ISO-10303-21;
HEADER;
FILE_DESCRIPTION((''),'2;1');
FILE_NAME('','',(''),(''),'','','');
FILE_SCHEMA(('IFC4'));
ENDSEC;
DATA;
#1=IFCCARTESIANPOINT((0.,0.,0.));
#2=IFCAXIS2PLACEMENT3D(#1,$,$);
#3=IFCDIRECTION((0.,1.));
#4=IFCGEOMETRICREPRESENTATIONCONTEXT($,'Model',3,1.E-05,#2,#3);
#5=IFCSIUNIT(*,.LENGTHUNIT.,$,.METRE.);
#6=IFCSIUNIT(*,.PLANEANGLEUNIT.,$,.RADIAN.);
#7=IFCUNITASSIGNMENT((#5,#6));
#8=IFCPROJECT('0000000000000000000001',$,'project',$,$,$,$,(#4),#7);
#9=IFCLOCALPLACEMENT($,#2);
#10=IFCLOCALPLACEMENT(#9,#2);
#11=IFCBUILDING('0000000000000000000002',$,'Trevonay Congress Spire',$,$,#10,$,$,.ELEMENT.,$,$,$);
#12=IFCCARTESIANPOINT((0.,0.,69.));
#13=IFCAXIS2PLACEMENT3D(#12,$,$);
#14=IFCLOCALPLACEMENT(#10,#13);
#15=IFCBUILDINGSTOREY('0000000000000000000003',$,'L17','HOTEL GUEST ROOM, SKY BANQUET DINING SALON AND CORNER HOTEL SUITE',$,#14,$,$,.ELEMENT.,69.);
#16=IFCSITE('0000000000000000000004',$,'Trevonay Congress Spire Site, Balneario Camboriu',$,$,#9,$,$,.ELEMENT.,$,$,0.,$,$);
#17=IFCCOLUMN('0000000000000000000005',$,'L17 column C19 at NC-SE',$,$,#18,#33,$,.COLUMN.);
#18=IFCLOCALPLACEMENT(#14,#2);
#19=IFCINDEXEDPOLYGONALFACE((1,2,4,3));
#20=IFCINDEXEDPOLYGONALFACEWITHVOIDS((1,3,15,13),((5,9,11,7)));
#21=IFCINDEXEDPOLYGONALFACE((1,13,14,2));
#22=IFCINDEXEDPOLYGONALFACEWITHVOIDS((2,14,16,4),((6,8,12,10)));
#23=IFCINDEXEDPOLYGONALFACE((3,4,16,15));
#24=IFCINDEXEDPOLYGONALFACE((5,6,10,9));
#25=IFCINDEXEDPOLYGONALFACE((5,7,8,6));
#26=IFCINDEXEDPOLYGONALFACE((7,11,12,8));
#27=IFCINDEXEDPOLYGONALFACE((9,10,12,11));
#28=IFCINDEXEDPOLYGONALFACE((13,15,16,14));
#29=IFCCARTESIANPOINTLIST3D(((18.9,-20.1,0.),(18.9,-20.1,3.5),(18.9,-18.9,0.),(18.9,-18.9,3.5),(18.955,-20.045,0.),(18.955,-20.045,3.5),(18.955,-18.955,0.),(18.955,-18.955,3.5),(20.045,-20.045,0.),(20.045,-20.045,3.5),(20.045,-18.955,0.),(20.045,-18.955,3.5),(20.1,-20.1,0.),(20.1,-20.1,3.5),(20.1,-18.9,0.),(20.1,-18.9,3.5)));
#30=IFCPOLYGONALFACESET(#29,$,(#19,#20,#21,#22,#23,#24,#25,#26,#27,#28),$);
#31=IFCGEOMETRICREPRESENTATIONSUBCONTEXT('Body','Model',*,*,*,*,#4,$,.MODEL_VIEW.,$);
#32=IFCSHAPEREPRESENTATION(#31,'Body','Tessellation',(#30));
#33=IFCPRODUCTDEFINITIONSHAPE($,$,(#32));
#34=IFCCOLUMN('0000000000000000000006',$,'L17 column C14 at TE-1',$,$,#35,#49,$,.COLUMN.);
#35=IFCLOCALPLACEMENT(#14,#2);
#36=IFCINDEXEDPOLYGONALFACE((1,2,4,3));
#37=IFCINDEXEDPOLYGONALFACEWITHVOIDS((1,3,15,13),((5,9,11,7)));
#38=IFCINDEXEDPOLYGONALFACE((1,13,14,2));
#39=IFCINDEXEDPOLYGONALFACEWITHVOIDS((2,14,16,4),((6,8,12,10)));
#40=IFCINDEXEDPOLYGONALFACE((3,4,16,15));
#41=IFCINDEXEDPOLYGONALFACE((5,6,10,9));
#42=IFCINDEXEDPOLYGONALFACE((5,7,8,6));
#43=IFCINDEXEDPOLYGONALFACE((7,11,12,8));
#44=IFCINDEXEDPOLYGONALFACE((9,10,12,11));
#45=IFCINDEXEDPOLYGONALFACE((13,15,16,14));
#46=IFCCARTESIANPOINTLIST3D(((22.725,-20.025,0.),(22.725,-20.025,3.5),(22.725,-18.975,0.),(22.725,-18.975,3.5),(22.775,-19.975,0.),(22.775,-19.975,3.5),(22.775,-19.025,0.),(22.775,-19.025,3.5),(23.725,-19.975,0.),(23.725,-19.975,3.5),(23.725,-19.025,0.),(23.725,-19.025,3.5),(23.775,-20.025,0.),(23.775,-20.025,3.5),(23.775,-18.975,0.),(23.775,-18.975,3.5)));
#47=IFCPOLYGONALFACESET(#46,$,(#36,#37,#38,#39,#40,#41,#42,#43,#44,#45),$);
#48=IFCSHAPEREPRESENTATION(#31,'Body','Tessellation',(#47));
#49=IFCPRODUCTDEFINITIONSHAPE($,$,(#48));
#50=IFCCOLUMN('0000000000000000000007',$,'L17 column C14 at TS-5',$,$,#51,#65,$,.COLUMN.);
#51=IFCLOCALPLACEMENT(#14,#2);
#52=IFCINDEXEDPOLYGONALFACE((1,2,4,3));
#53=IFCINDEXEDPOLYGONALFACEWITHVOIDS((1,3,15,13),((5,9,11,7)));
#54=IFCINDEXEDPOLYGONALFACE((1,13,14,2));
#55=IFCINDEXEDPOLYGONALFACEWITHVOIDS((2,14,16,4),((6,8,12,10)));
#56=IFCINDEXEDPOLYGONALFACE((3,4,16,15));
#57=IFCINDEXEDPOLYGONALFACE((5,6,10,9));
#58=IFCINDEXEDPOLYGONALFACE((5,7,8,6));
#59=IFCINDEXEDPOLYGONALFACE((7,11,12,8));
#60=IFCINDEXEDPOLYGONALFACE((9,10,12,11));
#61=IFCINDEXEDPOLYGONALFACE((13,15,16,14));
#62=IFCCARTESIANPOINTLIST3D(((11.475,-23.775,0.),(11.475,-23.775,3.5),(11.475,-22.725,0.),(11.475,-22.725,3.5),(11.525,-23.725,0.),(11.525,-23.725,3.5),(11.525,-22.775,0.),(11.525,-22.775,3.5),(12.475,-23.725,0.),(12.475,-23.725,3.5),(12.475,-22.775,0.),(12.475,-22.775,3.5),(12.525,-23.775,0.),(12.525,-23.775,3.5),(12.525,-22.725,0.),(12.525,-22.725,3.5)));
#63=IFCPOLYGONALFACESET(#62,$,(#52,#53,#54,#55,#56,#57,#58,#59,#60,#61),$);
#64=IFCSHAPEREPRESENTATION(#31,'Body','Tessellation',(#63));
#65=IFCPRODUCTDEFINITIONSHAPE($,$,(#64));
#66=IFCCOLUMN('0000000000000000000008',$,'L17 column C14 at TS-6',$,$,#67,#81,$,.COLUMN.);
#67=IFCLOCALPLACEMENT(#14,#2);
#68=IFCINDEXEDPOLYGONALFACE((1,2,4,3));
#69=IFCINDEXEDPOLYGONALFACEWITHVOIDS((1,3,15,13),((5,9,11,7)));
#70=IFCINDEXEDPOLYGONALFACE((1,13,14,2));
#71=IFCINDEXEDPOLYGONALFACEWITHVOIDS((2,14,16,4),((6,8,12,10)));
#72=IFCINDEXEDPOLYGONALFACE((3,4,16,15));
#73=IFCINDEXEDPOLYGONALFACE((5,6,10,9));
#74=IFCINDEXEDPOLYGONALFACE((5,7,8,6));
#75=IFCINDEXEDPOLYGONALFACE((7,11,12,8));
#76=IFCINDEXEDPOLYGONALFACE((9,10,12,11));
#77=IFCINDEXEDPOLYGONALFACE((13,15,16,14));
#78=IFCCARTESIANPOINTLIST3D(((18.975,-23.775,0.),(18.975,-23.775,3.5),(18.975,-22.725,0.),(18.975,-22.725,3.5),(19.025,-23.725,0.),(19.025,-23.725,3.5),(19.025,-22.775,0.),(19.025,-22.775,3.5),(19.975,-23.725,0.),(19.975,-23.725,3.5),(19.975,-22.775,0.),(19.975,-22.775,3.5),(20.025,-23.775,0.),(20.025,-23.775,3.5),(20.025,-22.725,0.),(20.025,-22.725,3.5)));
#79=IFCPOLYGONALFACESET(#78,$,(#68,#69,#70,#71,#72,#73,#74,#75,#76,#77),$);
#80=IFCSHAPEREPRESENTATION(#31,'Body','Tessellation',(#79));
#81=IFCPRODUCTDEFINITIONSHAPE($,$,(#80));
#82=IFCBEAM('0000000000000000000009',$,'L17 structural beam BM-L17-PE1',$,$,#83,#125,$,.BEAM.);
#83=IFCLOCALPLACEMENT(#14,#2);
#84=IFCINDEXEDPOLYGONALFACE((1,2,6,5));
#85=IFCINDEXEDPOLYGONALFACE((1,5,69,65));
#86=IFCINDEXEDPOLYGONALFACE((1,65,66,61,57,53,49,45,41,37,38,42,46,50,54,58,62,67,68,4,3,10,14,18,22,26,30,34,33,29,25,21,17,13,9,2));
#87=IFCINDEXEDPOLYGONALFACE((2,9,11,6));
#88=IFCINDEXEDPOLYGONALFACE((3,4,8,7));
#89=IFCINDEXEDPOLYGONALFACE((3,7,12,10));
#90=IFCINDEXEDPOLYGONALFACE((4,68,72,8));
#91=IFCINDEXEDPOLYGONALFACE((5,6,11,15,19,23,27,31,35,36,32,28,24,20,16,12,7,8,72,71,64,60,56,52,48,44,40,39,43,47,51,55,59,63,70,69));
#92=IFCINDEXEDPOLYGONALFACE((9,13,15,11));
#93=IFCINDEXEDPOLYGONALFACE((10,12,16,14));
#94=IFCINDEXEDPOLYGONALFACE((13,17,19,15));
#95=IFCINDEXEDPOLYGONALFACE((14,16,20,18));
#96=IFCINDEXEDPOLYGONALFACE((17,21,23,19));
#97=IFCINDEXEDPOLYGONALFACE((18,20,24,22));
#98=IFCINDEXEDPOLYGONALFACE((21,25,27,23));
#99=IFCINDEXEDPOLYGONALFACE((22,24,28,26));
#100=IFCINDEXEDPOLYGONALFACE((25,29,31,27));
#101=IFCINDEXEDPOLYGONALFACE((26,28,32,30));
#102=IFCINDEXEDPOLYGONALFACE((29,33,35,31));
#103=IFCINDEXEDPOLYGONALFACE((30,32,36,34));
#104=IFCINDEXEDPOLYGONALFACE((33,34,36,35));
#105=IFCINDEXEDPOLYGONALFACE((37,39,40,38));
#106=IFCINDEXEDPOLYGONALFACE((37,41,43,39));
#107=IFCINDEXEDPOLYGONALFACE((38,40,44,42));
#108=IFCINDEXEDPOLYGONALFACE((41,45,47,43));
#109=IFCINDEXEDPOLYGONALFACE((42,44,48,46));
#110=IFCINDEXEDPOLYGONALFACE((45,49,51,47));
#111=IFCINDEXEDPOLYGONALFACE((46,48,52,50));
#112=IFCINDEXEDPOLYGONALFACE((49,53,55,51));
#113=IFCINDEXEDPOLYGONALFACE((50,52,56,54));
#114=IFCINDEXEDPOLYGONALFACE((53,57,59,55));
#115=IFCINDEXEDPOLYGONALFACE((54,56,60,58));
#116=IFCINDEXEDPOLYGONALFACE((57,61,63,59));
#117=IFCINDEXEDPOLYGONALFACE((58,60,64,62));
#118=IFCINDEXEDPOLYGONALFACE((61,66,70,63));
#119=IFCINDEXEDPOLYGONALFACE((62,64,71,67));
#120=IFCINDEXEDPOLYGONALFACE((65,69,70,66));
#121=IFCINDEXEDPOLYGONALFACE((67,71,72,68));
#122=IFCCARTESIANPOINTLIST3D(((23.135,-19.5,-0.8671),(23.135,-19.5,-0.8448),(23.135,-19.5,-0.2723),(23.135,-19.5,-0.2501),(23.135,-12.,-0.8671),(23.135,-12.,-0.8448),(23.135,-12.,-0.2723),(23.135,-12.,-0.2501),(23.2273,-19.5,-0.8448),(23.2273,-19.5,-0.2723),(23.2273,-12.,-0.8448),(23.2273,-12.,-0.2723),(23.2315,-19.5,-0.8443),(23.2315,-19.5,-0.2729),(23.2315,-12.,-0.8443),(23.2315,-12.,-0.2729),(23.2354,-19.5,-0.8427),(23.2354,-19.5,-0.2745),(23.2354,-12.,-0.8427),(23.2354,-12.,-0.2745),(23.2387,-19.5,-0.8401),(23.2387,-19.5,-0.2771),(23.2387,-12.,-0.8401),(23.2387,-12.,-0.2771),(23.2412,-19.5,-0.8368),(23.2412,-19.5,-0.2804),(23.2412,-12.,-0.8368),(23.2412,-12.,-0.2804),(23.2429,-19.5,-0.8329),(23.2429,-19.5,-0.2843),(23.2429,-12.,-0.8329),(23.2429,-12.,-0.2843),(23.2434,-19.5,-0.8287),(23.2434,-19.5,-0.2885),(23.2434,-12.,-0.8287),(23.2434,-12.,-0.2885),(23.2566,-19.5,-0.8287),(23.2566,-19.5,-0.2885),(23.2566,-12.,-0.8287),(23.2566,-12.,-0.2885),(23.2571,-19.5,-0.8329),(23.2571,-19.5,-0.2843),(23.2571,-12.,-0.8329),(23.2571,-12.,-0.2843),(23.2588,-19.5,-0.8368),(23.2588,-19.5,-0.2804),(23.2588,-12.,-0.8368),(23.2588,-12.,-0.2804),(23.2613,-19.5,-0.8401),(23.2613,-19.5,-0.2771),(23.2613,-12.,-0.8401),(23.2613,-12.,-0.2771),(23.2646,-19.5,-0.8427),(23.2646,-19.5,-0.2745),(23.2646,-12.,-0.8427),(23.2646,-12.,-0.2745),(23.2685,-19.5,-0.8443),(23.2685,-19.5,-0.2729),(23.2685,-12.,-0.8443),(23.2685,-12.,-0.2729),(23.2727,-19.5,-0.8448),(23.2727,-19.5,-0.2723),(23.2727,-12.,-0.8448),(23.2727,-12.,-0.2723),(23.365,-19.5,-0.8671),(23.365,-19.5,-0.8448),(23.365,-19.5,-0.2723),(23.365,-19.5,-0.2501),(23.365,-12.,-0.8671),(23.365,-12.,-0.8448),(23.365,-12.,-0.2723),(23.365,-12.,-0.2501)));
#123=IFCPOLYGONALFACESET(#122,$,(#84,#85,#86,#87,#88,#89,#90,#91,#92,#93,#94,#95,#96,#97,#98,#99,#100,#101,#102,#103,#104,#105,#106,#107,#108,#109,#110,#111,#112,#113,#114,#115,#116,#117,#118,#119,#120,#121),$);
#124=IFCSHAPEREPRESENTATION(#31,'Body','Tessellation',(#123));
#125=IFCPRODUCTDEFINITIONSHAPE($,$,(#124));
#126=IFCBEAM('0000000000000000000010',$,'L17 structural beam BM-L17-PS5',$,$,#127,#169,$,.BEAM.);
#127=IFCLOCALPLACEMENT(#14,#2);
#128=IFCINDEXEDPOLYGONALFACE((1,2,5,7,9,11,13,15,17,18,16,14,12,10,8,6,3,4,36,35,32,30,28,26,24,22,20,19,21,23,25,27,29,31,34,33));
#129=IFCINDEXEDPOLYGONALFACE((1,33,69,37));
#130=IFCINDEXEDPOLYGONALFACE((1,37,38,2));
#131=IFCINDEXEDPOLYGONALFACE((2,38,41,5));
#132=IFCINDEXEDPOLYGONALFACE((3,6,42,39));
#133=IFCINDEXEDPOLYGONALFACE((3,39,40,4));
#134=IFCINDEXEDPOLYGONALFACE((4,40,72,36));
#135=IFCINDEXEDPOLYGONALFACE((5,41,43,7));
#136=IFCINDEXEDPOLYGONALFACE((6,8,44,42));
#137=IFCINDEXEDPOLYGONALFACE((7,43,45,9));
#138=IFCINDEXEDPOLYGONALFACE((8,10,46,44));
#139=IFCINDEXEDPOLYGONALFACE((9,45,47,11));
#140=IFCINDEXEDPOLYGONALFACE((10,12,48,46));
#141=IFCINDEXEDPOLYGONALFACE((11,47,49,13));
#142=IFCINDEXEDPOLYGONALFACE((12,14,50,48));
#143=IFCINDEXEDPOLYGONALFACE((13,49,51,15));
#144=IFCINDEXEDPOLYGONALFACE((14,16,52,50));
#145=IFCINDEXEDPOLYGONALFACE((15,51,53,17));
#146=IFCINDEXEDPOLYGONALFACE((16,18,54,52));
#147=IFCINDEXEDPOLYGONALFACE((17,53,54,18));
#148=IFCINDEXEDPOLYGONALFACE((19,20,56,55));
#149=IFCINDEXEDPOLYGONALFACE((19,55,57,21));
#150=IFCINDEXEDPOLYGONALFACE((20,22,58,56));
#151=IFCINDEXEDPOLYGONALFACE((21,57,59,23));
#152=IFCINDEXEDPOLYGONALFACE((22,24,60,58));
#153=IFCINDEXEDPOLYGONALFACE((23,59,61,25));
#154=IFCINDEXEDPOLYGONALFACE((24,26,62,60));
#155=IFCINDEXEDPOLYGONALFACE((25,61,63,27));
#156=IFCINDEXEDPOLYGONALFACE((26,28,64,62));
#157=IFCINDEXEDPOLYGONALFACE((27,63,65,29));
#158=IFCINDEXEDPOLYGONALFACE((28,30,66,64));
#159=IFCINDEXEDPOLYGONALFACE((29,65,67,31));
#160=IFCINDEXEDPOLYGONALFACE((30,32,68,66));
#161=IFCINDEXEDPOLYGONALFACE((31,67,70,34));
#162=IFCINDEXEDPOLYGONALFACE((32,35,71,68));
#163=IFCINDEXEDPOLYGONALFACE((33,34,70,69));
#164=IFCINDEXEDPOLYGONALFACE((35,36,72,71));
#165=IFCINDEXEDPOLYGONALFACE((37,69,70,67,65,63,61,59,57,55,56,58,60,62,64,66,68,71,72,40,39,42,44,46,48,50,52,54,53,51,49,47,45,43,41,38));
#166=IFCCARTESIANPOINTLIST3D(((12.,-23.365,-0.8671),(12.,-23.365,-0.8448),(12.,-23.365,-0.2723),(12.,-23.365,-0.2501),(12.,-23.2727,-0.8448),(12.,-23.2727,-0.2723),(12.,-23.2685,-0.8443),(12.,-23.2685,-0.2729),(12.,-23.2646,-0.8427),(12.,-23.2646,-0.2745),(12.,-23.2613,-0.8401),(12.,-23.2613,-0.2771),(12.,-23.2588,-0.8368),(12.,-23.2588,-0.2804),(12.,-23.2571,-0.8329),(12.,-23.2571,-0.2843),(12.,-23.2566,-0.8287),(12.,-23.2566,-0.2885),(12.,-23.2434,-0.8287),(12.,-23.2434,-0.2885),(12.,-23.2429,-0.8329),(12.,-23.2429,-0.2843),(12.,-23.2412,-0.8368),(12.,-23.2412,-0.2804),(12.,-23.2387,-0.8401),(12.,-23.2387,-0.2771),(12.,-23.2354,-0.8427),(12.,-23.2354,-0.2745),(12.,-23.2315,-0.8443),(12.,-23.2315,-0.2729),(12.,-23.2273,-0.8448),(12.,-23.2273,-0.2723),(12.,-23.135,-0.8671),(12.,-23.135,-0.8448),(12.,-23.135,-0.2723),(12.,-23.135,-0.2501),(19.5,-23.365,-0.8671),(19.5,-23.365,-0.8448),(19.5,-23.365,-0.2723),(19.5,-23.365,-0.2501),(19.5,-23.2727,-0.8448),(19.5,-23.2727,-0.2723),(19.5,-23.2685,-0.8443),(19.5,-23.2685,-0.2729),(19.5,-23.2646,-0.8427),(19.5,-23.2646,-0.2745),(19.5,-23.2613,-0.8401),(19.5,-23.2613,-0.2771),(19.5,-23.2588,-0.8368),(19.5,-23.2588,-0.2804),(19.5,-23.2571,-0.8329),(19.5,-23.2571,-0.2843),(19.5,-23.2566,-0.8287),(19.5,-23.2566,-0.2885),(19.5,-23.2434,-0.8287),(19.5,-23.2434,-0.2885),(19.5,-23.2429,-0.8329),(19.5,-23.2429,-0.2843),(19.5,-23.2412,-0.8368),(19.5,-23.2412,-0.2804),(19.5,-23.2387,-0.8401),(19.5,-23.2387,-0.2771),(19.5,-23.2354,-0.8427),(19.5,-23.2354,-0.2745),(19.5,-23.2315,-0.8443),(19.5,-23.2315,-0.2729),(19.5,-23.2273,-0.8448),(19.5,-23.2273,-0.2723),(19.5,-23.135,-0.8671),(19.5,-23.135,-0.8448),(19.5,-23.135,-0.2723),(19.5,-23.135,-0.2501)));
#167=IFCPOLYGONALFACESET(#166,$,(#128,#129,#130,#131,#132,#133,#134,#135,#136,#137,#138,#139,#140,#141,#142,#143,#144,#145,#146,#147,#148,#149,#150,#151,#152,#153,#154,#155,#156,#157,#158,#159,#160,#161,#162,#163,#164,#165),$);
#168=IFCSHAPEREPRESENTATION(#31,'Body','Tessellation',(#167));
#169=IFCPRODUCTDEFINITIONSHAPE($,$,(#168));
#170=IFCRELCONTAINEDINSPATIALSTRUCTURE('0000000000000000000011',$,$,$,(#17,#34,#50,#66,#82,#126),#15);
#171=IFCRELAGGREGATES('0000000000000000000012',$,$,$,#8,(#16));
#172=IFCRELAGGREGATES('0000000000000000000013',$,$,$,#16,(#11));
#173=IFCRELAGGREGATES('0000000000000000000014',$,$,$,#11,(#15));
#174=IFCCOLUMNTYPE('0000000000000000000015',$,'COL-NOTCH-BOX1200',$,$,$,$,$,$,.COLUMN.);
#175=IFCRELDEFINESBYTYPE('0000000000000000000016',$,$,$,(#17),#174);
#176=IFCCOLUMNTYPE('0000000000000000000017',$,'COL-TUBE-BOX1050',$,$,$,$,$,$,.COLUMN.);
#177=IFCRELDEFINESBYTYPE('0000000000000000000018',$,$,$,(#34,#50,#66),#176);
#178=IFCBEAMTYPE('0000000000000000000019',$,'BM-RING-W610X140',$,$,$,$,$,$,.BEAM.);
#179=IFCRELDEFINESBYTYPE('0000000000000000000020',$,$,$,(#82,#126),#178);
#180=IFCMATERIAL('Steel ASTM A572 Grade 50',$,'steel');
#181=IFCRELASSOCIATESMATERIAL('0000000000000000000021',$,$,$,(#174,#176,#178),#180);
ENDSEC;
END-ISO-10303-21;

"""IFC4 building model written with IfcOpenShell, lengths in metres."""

from ifc_helpers import new_model, si_unit, direction, frame, origin, origin_2d, place, context, subcontext, project, spatial, hollow_rectangle, i_section, extrude, material, material_profile, profile_set, type_object, element, save


model = new_model("IFC4")

# Units and contexts
model_context = context("Model", 3, precision=1e-05, world=origin(), true_north=direction((0.0, 1.0)))
body_context = subcontext(model_context, "Body", "Model", "MODEL_VIEW")
ifc_project = project(units=[si_unit("LENGTHUNIT", "METRE"), si_unit("PLANEANGLEUNIT", "RADIAN")], contexts=[model_context])

# Site, building, storey
site_placement = place(None, origin())
site = spatial("IfcSite", under=ifc_project, at=site_placement, Name="Trevonay Congress Spire Site, Balneario Camboriu", CompositionType="ELEMENT", RefElevation=0.0)
building_placement = place(site_placement, origin())
building = spatial("IfcBuilding", under=site, at=building_placement, Name="Trevonay Congress Spire", CompositionType="ELEMENT")
storey_placement = place(building_placement, frame((0.0, 0.0, 69.0)))
storey = spatial("IfcBuildingStorey", under=building, at=storey_placement, Name="L17", Description="HOTEL GUEST ROOM, SKY BANQUET DINING SALON AND CORNER HOTEL SUITE", CompositionType="ELEMENT", Elevation=69.0)

# Columns
ifc_material_1 = material(Name="Steel ASTM A572 Grade 50", Category="steel")
ifc_material_profile_1 = material_profile(ifc_material_1, hollow_rectangle(XDim=1.2, YDim=1.2, WallThickness=0.0549, at=origin_2d()), Name="BOX 1200x1200x55")
ifc_profile_set_1 = profile_set([ifc_material_profile_1], Name="Steel ASTM A572 Grade 50")
column_type_1 = type_object("IfcColumnType", Name="COL-NOTCH-BOX1200", PredefinedType="COLUMN", material=ifc_profile_set_1)
column_placement = place(storey_placement, frame((19.5, -19.5, 0.0), z_axis=(0.0, 0.0, 1.0), x_axis=(1.0, 0.0, 0.0)))
element("IfcColumn", 1, at=column_placement, inside=storey, type_object=column_type_1, Name="L17 column C19 at NC-SE", PredefinedType="COLUMN", context=body_context, shape_type="SweptSolid", body=[
    extrude(hollow_rectangle(XDim=1.2, YDim=1.2, WallThickness=0.0549, at=origin_2d()), origin(), (0.0, 0.0, 1.0), 3.5),
])
ifc_material_profile_2 = material_profile(ifc_material_1, hollow_rectangle(XDim=1.05, YDim=1.05, WallThickness=0.05, at=origin_2d()), Name="BOX 1050x1050x50")
ifc_profile_set_2 = profile_set([ifc_material_profile_2], Name="Steel ASTM A572 Grade 50")
column_type_2 = type_object("IfcColumnType", Name="COL-TUBE-BOX1050", PredefinedType="COLUMN", material=ifc_profile_set_2)
for number, where, z_axis, x_axis, name in (
    (2, (23.25, -19.5, 0.0), (0.0, 0.0, 1.0), (1.0, 0.0, 0.0), "L17 column C14 at TE-1"),
    (3, (12.0, -23.25, 0.0), (0.0, 0.0, 1.0), (1.0, 0.0, 0.0), "L17 column C14 at TS-5"),
    (4, (19.5, -23.25, 0.0), (0.0, 0.0, 1.0), (1.0, 0.0, 0.0), "L17 column C14 at TS-6"),
):
    element("IfcColumn", number, at=place(storey_placement, frame(where, z_axis=z_axis, x_axis=x_axis)), inside=storey, type_object=column_type_2, Name=name, PredefinedType="COLUMN", context=body_context, shape_type="SweptSolid", body=[
        extrude(hollow_rectangle(XDim=1.05, YDim=1.05, WallThickness=0.05, at=origin_2d()), origin(), (0.0, 0.0, 1.0), 3.5),
    ])

# Beams
ifc_material_profile_3 = material_profile(ifc_material_1, i_section(OverallWidth=0.23, OverallDepth=0.6169, WebThickness=0.0132, FlangeThickness=0.0222, FilletRadius=0.0161, at=origin_2d()), Name="W610x140")
ifc_profile_set_3 = profile_set([ifc_material_profile_3], Name="Steel ASTM A572 Grade 50")
beam_type = type_object("IfcBeamType", Name="BM-RING-W610X140", PredefinedType="BEAM", material=ifc_profile_set_3)
for number, where, z_axis, x_axis, name in (
    (5, (23.25, -19.5, -0.5586), (0.0, 1.0, 0.0), (-1.0, 0.0, 0.0), "L17 structural beam BM-L17-PE1"),
    (6, (12.0, -23.25, -0.5586), (1.0, 0.0, 0.0), (0.0, 1.0, 0.0), "L17 structural beam BM-L17-PS5"),
):
    element("IfcBeam", number, at=place(storey_placement, frame(where, z_axis=z_axis, x_axis=x_axis)), inside=storey, type_object=beam_type, Name=name, PredefinedType="BEAM", context=body_context, shape_type="SweptSolid", body=[
        extrude(i_section(OverallWidth=0.23, OverallDepth=0.6169, WebThickness=0.0132, FlangeThickness=0.0222, FilletRadius=0.0161, at=origin_2d()), origin(), (0.0, 0.0, 1.0), 7.5),
    ])

save(model, "model.ifc")
